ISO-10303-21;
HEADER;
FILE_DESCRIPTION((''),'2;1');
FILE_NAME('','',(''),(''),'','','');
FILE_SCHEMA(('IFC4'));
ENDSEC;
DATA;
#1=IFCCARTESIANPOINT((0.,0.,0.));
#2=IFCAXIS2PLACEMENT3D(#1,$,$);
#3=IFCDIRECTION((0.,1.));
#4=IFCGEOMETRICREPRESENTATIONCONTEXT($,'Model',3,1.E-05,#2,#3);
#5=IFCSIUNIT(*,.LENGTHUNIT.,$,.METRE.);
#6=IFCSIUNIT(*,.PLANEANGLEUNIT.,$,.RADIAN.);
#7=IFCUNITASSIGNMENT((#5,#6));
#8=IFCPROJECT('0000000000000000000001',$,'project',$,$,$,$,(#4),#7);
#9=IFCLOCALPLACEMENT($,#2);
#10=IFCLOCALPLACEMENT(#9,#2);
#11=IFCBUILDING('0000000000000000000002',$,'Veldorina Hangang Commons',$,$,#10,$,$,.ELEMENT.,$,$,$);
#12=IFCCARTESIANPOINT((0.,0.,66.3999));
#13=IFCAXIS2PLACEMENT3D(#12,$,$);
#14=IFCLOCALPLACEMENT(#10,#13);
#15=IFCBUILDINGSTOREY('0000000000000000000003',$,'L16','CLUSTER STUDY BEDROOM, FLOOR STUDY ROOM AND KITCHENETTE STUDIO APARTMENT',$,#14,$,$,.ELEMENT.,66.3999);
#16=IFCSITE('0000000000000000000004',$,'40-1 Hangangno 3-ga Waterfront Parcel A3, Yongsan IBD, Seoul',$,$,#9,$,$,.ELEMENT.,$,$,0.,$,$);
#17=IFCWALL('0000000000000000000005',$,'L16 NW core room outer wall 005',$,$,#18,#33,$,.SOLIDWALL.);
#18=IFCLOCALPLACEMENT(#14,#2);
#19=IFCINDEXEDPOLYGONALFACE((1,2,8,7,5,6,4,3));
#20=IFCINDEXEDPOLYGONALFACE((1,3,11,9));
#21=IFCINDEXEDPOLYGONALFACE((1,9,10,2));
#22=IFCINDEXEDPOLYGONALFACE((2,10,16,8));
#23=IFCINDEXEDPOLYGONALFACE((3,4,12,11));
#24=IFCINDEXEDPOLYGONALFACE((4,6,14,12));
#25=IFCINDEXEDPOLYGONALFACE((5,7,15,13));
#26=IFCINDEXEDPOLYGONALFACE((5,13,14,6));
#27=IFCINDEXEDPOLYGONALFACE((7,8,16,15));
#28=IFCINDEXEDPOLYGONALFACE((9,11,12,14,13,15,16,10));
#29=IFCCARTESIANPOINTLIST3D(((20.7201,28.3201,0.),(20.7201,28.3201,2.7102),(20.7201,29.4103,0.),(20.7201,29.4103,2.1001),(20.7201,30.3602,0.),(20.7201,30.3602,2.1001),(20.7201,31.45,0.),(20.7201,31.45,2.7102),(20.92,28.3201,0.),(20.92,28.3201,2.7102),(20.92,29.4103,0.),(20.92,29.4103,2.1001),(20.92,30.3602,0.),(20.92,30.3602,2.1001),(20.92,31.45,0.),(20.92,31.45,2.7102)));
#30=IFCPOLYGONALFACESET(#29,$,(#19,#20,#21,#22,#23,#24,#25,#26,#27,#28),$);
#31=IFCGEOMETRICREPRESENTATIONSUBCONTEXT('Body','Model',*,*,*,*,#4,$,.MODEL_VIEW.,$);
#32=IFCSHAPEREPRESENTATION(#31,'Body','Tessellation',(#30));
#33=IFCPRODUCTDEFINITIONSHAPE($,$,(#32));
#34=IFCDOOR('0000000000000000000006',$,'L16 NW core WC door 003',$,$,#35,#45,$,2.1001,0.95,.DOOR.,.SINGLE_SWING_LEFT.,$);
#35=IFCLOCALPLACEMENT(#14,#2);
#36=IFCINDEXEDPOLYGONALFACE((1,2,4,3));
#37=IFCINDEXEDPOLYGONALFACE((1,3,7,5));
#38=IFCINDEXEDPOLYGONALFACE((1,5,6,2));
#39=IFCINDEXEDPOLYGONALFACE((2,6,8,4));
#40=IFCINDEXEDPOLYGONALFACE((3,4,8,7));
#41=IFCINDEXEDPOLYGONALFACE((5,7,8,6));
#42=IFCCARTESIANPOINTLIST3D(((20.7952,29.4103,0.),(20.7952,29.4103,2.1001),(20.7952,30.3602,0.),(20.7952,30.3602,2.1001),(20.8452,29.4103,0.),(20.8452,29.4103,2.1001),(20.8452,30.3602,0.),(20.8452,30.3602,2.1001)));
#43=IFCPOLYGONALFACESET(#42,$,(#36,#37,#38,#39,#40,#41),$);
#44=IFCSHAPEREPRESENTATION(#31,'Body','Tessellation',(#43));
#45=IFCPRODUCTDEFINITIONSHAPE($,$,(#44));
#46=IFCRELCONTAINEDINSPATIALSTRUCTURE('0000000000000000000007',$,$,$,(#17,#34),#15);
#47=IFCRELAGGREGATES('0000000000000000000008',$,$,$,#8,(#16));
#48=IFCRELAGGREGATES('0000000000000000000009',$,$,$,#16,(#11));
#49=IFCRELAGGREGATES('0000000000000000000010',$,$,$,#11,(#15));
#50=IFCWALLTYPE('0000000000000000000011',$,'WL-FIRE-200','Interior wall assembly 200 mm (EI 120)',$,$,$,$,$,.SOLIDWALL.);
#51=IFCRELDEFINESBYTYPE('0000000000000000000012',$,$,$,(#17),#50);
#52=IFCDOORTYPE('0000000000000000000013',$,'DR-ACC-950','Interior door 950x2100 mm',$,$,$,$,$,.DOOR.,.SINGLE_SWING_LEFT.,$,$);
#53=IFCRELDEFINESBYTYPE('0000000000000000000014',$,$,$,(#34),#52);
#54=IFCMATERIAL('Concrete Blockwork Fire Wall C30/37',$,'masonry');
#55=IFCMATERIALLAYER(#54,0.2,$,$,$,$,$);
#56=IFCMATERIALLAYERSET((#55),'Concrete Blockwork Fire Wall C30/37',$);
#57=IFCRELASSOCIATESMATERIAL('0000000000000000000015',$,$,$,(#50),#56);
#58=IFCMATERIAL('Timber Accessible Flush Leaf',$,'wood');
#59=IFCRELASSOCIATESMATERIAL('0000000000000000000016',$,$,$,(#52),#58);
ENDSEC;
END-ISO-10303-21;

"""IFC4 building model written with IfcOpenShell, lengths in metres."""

from ifc_helpers import new_model, si_unit, direction, frame, frame_2d, origin, place, context, subcontext, project, spatial, rectangle, extrude, material, layer, layer_set, type_object, element, fill, save


model = new_model("IFC4")

# Units and contexts
model_context = context("Model", 3, precision=1e-05, world=origin(), true_north=direction((0.0, 1.0)))
body_context = subcontext(model_context, "Body", "Model", "MODEL_VIEW")
ifc_project = project(units=[si_unit("LENGTHUNIT", "METRE"), si_unit("PLANEANGLEUNIT", "RADIAN")], contexts=[model_context])

# Site, building, storey
site_placement = place(None, origin())
site = spatial("IfcSite", under=ifc_project, at=site_placement, Name="40-1 Hangangno 3-ga Waterfront Parcel A3, Yongsan IBD, Seoul", CompositionType="ELEMENT", RefElevation=0.0)
building_placement = place(site_placement, origin())
building = spatial("IfcBuilding", under=site, at=building_placement, Name="Veldorina Hangang Commons", CompositionType="ELEMENT")
storey_placement = place(building_placement, frame((0.0, 0.0, 66.3999)))
storey = spatial("IfcBuildingStorey", under=building, at=storey_placement, Name="L16", Description="CLUSTER STUDY BEDROOM, FLOOR STUDY ROOM AND KITCHENETTE STUDIO APARTMENT", CompositionType="ELEMENT", Elevation=66.3999)

# Wall, opening, door
ifc_material_1 = material(Name="Concrete Blockwork Fire Wall C30/37", Category="masonry")
ifc_layer_1 = layer(ifc_material_1, 0.2)
ifc_layer_set_1 = layer_set([ifc_layer_1], Name="Concrete Blockwork Fire Wall C30/37")
wall_type_1 = type_object("IfcWallType", Name="WL-FIRE-200", Description="Interior wall assembly 200 mm (EI 120)", PredefinedType="SOLIDWALL", material=ifc_layer_set_1)
wall_1_placement = place(storey_placement, frame((20.8201, 28.3201, 0.0), z_axis=(0.0, 0.0, 1.0), x_axis=(0.0, 1.0, 0.0)))
wall_1 = element("IfcWall", 1, at=wall_1_placement, inside=storey, type_object=wall_type_1, Name="L16 NW core room outer wall 005", PredefinedType="SOLIDWALL", context=body_context, shape_type="SweptSolid", body=[
    extrude(rectangle(XDim=3.1299, YDim=0.2, at=frame_2d((1.5649, 0.0))), origin(), (0.0, 0.0, 1.0), 2.7102),
])
opening_1_placement = place(wall_1_placement, frame((1.0901, 0.0, 0.0)))
opening_1 = element("IfcOpeningElement", 2, at=opening_1_placement, cuts=wall_1, PredefinedType="OPENING", context=body_context, shape_type="SweptSolid", body=[
    extrude(rectangle(XDim=0.95, YDim=2.1001, at=frame_2d((0.4751, 1.05))), frame((0.0, 0.1099, 0.0), z_axis=(0.0, -1.0, 0.0), x_axis=(1.0, 0.0, 0.0)), (0.0, 0.0, 1.0), 0.22),
])
ifc_material_2 = material(Name="Timber Accessible Flush Leaf", Category="wood")
door_type_1 = type_object("IfcDoorType", Name="DR-ACC-950", Description="Interior door 950x2100 mm", OperationType="SINGLE_SWING_LEFT", PredefinedType="DOOR", material=ifc_material_2)
door_1_placement = place(opening_1_placement, origin())
door_1 = element("IfcDoor", 3, at=door_1_placement, inside=storey, type_object=door_type_1, Name="L16 NW core WC door 003", OperationType="SINGLE_SWING_LEFT", OverallHeight=2.1001, OverallWidth=0.95, PredefinedType="DOOR", context=body_context, shape_type="SweptSolid", body=[
    extrude(rectangle(XDim=0.95, YDim=2.1001, at=frame_2d((0.4751, 1.05))), frame((0.0, 0.0249, 0.0), z_axis=(0.0, -1.0, 0.0), x_axis=(1.0, 0.0, 0.0)), (0.0, 0.0, 1.0), 0.05),
])
fill(opening_1, door_1)

save(model, "model.ifc")
